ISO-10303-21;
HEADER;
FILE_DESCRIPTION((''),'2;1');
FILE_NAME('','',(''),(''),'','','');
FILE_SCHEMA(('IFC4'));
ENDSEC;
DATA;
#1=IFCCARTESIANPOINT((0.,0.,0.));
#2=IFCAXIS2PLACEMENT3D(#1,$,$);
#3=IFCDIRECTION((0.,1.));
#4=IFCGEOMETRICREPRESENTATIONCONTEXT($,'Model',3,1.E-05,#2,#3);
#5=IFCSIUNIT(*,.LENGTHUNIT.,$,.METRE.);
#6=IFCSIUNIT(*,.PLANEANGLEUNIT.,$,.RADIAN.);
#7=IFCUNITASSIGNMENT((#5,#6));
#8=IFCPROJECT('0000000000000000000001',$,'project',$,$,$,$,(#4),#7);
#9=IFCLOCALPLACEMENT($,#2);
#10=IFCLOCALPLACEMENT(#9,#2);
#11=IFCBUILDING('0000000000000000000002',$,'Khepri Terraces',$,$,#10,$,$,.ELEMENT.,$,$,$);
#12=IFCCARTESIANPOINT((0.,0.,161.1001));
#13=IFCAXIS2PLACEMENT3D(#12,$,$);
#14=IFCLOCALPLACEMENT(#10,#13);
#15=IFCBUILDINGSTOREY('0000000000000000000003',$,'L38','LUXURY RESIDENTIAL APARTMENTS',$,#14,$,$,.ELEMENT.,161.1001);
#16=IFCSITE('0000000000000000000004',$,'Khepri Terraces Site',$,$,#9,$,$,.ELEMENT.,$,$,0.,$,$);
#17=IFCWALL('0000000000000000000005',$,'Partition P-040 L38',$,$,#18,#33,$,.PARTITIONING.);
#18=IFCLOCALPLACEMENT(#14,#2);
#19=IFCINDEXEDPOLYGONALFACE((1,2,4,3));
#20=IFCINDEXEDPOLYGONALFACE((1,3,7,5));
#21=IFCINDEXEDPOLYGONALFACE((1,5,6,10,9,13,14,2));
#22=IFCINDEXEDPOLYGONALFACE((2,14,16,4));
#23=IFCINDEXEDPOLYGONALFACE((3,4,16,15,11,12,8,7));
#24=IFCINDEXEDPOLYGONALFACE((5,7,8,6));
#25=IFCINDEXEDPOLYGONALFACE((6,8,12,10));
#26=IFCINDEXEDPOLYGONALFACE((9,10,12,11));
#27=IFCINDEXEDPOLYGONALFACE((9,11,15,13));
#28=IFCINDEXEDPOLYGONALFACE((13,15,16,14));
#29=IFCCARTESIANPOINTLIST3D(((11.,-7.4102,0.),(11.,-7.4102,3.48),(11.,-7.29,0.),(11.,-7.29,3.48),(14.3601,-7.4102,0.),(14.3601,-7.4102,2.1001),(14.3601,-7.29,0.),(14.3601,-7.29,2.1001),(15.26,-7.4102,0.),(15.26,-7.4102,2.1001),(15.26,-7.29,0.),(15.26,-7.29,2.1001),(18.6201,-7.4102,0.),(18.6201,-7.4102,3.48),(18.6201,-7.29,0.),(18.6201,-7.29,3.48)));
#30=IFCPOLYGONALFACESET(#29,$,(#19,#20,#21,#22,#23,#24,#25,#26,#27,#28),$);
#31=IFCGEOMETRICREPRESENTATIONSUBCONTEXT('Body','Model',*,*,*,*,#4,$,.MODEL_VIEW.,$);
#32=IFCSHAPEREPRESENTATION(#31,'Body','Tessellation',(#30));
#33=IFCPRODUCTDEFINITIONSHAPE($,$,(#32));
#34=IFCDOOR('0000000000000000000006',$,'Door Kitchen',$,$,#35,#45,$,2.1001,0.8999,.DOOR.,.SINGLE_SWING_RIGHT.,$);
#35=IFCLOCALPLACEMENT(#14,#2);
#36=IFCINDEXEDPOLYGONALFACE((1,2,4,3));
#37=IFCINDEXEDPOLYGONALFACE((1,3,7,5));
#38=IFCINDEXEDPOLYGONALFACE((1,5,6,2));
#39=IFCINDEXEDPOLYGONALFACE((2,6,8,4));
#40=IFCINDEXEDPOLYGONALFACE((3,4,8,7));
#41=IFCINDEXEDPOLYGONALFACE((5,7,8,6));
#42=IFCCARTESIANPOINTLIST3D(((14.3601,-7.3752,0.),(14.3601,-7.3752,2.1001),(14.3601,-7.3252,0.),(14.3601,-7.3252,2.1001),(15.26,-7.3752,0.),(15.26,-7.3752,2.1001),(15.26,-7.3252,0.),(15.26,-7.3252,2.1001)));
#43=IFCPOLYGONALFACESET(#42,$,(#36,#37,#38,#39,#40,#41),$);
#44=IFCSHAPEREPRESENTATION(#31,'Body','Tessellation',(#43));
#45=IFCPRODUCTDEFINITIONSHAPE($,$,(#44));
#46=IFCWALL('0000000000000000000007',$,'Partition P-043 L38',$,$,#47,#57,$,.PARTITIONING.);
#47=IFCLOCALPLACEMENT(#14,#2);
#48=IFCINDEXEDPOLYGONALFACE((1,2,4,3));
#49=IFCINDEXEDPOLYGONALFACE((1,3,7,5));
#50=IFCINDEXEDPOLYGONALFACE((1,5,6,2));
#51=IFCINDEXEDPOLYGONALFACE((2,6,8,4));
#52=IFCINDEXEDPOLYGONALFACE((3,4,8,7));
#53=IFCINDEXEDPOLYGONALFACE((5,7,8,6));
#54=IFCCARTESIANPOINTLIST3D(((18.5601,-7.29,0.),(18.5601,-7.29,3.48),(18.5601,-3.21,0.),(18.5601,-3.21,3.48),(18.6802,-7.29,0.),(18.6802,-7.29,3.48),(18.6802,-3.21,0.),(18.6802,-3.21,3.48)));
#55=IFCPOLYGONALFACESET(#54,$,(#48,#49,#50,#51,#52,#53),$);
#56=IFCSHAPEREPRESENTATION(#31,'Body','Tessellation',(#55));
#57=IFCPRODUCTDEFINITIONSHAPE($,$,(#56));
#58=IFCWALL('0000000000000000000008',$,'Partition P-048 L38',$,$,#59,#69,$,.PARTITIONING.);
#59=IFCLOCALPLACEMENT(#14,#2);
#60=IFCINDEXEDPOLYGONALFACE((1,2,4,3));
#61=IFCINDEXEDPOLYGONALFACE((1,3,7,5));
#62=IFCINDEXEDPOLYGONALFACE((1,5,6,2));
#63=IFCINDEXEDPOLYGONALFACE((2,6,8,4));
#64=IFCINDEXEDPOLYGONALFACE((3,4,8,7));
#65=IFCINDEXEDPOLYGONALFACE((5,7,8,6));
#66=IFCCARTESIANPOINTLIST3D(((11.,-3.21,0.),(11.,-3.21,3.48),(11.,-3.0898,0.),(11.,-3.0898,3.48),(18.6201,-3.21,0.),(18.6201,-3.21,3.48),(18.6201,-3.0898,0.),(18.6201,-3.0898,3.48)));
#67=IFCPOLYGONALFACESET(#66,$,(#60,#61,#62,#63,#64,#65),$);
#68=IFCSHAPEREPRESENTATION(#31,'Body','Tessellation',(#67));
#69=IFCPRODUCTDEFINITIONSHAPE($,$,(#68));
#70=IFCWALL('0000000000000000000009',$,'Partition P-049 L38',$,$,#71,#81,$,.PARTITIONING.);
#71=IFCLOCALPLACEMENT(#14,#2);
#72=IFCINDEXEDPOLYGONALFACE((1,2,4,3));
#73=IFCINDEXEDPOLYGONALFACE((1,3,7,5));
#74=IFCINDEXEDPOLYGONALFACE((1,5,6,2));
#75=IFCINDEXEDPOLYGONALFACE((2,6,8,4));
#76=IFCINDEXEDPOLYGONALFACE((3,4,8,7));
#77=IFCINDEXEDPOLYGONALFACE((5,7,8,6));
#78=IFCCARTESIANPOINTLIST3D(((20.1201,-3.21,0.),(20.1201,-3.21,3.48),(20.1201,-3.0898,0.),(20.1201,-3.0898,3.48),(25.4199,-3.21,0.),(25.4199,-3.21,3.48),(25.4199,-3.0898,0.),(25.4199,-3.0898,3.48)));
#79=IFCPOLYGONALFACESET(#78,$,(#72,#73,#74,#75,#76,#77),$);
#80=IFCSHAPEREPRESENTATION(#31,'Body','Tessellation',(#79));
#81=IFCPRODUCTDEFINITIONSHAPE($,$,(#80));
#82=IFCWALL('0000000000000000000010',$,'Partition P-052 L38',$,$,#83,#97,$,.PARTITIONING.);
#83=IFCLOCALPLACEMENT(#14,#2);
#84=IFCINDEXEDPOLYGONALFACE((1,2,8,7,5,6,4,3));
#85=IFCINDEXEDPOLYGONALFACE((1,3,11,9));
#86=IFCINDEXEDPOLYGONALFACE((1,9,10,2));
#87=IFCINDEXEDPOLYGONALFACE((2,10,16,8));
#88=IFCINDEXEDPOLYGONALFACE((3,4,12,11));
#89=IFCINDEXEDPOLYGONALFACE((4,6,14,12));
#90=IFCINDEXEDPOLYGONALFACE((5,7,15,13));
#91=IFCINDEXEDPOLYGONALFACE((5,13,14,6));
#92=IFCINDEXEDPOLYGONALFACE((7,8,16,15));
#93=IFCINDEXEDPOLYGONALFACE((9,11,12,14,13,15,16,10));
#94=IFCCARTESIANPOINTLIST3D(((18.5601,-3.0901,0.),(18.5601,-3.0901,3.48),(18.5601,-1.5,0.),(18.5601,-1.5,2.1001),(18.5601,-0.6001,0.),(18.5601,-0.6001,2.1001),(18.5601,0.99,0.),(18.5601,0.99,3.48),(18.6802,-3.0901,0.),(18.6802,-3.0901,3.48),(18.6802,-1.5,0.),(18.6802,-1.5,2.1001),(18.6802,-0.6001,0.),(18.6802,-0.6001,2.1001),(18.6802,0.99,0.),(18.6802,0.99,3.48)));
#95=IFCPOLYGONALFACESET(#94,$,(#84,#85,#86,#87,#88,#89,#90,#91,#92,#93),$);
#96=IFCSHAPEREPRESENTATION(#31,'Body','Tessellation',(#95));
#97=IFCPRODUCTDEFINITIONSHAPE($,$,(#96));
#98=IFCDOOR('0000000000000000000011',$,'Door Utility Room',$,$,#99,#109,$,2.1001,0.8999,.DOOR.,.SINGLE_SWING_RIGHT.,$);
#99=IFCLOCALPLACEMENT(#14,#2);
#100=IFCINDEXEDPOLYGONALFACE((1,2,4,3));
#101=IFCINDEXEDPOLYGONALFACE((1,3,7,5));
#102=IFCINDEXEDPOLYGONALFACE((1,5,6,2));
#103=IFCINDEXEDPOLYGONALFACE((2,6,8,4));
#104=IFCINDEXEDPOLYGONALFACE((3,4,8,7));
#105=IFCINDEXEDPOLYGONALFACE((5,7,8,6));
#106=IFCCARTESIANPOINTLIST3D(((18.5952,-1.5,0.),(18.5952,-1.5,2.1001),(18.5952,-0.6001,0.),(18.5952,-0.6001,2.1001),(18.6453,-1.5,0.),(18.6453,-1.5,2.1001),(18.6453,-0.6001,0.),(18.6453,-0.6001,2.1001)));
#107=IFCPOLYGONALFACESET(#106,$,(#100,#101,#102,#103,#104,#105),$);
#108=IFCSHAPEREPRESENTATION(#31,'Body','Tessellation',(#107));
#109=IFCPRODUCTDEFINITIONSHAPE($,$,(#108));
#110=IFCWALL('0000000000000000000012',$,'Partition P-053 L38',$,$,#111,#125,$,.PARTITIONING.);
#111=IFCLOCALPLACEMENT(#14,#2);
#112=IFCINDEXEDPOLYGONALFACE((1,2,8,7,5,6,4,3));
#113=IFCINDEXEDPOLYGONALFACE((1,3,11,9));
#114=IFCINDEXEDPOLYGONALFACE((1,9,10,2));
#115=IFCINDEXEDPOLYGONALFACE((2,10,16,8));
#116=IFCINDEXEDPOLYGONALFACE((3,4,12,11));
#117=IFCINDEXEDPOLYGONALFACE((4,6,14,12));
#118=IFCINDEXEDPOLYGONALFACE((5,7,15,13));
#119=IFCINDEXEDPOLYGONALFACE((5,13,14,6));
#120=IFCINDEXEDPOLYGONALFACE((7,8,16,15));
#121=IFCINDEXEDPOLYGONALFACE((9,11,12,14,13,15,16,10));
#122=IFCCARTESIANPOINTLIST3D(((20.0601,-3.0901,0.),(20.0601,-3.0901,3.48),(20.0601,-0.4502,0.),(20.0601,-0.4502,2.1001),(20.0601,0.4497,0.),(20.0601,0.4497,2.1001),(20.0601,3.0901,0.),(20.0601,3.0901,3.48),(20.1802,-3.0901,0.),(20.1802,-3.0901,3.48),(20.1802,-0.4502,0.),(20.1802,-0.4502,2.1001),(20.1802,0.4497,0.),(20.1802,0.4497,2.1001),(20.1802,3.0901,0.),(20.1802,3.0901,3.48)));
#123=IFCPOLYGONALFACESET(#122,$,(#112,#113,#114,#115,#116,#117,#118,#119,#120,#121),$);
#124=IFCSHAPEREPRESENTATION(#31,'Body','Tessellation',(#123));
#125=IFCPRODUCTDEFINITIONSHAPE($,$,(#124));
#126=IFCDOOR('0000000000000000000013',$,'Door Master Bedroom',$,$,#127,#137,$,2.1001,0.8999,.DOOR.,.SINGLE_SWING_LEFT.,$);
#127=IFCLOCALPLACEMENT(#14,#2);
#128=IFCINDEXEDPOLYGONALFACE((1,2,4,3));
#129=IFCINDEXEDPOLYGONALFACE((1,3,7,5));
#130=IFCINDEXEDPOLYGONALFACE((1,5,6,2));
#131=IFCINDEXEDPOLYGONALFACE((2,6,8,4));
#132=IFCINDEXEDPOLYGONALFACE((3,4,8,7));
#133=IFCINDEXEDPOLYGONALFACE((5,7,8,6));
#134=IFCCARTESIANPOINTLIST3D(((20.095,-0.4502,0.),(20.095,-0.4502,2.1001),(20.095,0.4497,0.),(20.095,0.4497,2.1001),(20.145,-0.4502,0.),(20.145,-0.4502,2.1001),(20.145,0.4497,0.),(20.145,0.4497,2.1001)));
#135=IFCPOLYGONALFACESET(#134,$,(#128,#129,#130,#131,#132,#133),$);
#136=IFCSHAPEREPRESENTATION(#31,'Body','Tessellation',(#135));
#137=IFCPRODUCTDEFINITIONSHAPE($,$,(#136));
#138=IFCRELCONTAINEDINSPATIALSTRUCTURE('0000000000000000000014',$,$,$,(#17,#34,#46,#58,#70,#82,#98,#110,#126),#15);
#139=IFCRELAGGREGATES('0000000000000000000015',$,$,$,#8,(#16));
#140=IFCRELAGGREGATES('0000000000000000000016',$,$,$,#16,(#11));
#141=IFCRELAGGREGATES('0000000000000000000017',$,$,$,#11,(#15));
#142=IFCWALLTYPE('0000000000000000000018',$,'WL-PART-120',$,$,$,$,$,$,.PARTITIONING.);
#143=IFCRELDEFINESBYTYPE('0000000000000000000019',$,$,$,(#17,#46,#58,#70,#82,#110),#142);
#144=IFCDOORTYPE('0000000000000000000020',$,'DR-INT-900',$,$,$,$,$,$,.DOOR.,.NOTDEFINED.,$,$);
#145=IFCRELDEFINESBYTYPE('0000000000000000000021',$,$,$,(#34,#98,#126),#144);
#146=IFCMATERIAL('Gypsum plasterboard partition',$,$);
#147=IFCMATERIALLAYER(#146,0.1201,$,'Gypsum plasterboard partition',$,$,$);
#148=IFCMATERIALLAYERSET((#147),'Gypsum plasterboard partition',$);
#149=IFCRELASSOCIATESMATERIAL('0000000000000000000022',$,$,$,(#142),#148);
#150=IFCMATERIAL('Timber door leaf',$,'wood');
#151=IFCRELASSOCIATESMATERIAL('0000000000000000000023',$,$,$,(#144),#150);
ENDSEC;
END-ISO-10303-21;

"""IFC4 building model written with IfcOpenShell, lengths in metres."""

from ifc_helpers import new_model, si_unit, direction, frame, frame_2d, origin, place, context, subcontext, project, spatial, rectangle, extrude, material, layer, layer_set, type_object, element, fill, save


model = new_model("IFC4")

# Units and contexts
model_context = context("Model", 3, precision=1e-05, world=origin(), true_north=direction((0.0, 1.0)))
body_context = subcontext(model_context, "Body", "Model", "MODEL_VIEW")
ifc_project = project(units=[si_unit("LENGTHUNIT", "METRE"), si_unit("PLANEANGLEUNIT", "RADIAN")], contexts=[model_context])

# Site, building, storey
site_placement = place(None, origin())
site = spatial("IfcSite", under=ifc_project, at=site_placement, Name="Khepri Terraces Site", CompositionType="ELEMENT", RefElevation=0.0)
building_placement = place(site_placement, origin())
building = spatial("IfcBuilding", under=site, at=building_placement, Name="Khepri Terraces", CompositionType="ELEMENT")
storey_placement = place(building_placement, frame((0.0, 0.0, 161.1001)))
storey = spatial("IfcBuildingStorey", under=building, at=storey_placement, Name="L38", Description="LUXURY RESIDENTIAL APARTMENTS", CompositionType="ELEMENT", Elevation=161.1001)

# Shared definitions
ifc_material_1 = material(Name="Gypsum plasterboard partition")
ifc_layer_1 = layer(ifc_material_1, 0.1201, Name="Gypsum plasterboard partition")
ifc_layer_set_1 = layer_set([ifc_layer_1], Name="Gypsum plasterboard partition")
wall_type_1 = type_object("IfcWallType", Name="WL-PART-120", PredefinedType="PARTITIONING", material=ifc_layer_set_1)
ifc_material_2 = material(Name="Timber door leaf", Category="wood")
door_type_1 = type_object("IfcDoorType", Name="DR-INT-900", OperationType="NOTDEFINED", PredefinedType="DOOR", material=ifc_material_2)

# Wall, opening, door
wall_1_placement = place(storey_placement, frame((11.0, -7.3501, 0.0), z_axis=(0.0, 0.0, 1.0), x_axis=(1.0, 0.0, 0.0)))
wall_1 = element("IfcWall", 1, at=wall_1_placement, inside=storey, type_object=wall_type_1, Name="Partition P-040 L38", PredefinedType="PARTITIONING", context=body_context, shape_type="SweptSolid", body=[
    extrude(rectangle(XDim=7.6201, YDim=0.1201, at=frame_2d((3.8101, 0.0))), origin(), (0.0, 0.0, 1.0), 3.48),
])
opening_1_placement = place(wall_1_placement, frame((3.3601, 0.0, 0.0)))
opening_1 = element("IfcOpeningElement", 2, at=opening_1_placement, cuts=wall_1, PredefinedType="OPENING", context=body_context, shape_type="SweptSolid", body=[
    extrude(rectangle(XDim=0.8999, YDim=2.1001, at=frame_2d((0.45, 1.05))), frame((0.0, 0.0701, 0.0), z_axis=(0.0, -1.0, 0.0), x_axis=(1.0, 0.0, 0.0)), (0.0, 0.0, 1.0), 0.1401),
])
door_1_placement = place(opening_1_placement, origin())
door_1 = element("IfcDoor", 3, at=door_1_placement, inside=storey, type_object=door_type_1, Name="Door Kitchen", OperationType="SINGLE_SWING_RIGHT", OverallHeight=2.1001, OverallWidth=0.8999, PredefinedType="DOOR", context=body_context, shape_type="SweptSolid", body=[
    extrude(rectangle(XDim=0.8999, YDim=2.1001, at=frame_2d((0.45, 1.05))), frame((0.0, 0.0249, 0.0), z_axis=(0.0, -1.0, 0.0), x_axis=(1.0, 0.0, 0.0)), (0.0, 0.0, 1.0), 0.05),
])
fill(opening_1, door_1)

# Walls
wall_2_placement = place(storey_placement, frame((18.6201, -7.29, 0.0), z_axis=(0.0, 0.0, 1.0), x_axis=(0.0, 1.0, 0.0)))
element("IfcWall", 4, at=wall_2_placement, inside=storey, type_object=wall_type_1, Name="Partition P-043 L38", PredefinedType="PARTITIONING", context=body_context, shape_type="SweptSolid", body=[
    extrude(rectangle(XDim=4.0801, YDim=0.1201, at=frame_2d((2.04, 0.0))), origin(), (0.0, 0.0, 1.0), 3.48),
])
wall_3_placement = place(storey_placement, frame((11.0, -3.1499, 0.0), z_axis=(0.0, 0.0, 1.0), x_axis=(1.0, 0.0, 0.0)))
element("IfcWall", 5, at=wall_3_placement, inside=storey, type_object=wall_type_1, Name="Partition P-048 L38", PredefinedType="PARTITIONING", context=body_context, shape_type="SweptSolid", body=[
    extrude(rectangle(XDim=7.6201, YDim=0.1201, at=frame_2d((3.8101, 0.0))), origin(), (0.0, 0.0, 1.0), 3.48),
])
wall_4_placement = place(storey_placement, frame((20.1201, -3.1499, 0.0), z_axis=(0.0, 0.0, 1.0), x_axis=(1.0, 0.0, 0.0)))
element("IfcWall", 6, at=wall_4_placement, inside=storey, type_object=wall_type_1, Name="Partition P-049 L38", PredefinedType="PARTITIONING", context=body_context, shape_type="SweptSolid", body=[
    extrude(rectangle(XDim=5.2998, YDim=0.1201, at=frame_2d((2.6499, 0.0))), origin(), (0.0, 0.0, 1.0), 3.48),
])

# Walls, openings, doors
wall_5_placement = place(storey_placement, frame((18.6201, -3.0901, 0.0), z_axis=(0.0, 0.0, 1.0), x_axis=(0.0, 1.0, 0.0)))
wall_5 = element("IfcWall", 7, at=wall_5_placement, inside=storey, type_object=wall_type_1, Name="Partition P-052 L38", PredefinedType="PARTITIONING", context=body_context, shape_type="SweptSolid", body=[
    extrude(rectangle(XDim=4.0801, YDim=0.1201, at=frame_2d((2.04, 0.0))), origin(), (0.0, 0.0, 1.0), 3.48),
])
opening_2_placement = place(wall_5_placement, frame((1.5901, 0.0, 0.0)))
opening_2 = element("IfcOpeningElement", 8, at=opening_2_placement, cuts=wall_5, PredefinedType="OPENING", context=body_context, shape_type="SweptSolid", body=[
    extrude(rectangle(XDim=0.8999, YDim=2.1001, at=frame_2d((0.45, 1.05))), frame((0.0, 0.0701, 0.0), z_axis=(0.0, -1.0, 0.0), x_axis=(1.0, 0.0, 0.0)), (0.0, 0.0, 1.0), 0.1401),
])
door_2_placement = place(opening_2_placement, origin())
door_2 = element("IfcDoor", 9, at=door_2_placement, inside=storey, type_object=door_type_1, Name="Door Utility Room", OperationType="SINGLE_SWING_RIGHT", OverallHeight=2.1001, OverallWidth=0.8999, PredefinedType="DOOR", context=body_context, shape_type="SweptSolid", body=[
    extrude(rectangle(XDim=0.8999, YDim=2.1001, at=frame_2d((0.45, 1.05))), frame((0.0, 0.0249, 0.0), z_axis=(0.0, -1.0, 0.0), x_axis=(1.0, 0.0, 0.0)), (0.0, 0.0, 1.0), 0.05),
])
fill(opening_2, door_2)
wall_6_placement = place(storey_placement, frame((20.1201, -3.0901, 0.0), z_axis=(0.0, 0.0, 1.0), x_axis=(0.0, 1.0, 0.0)))
wall_6 = element("IfcWall", 10, at=wall_6_placement, inside=storey, type_object=wall_type_1, Name="Partition P-053 L38", PredefinedType="PARTITIONING", context=body_context, shape_type="SweptSolid", body=[
    extrude(rectangle(XDim=6.1802, YDim=0.1201, at=frame_2d((3.0901, 0.0))), origin(), (0.0, 0.0, 1.0), 3.48),
])
opening_3_placement = place(wall_6_placement, frame((2.6399, 0.0, 0.0)))
opening_3 = element("IfcOpeningElement", 11, at=opening_3_placement, cuts=wall_6, PredefinedType="OPENING", context=body_context, shape_type="SweptSolid", body=[
    extrude(rectangle(XDim=0.8999, YDim=2.1001, at=frame_2d((0.45, 1.05))), frame((0.0, 0.0701, 0.0), z_axis=(0.0, -1.0, 0.0), x_axis=(1.0, 0.0, 0.0)), (0.0, 0.0, 1.0), 0.1401),
])
door_3_placement = place(opening_3_placement, frame((0.8999, 0.0, 0.0), z_axis=(0.0, 0.0, 1.0), x_axis=(-1.0, 0.0, 0.0)))
door_3 = element("IfcDoor", 12, at=door_3_placement, inside=storey, type_object=door_type_1, Name="Door Master Bedroom", OperationType="SINGLE_SWING_LEFT", OverallHeight=2.1001, OverallWidth=0.8999, PredefinedType="DOOR", context=body_context, shape_type="SweptSolid", body=[
    extrude(rectangle(XDim=0.8999, YDim=2.1001, at=frame_2d((0.45, 1.05))), frame((0.0, 0.0249, 0.0), z_axis=(0.0, -1.0, 0.0), x_axis=(1.0, 0.0, 0.0)), (0.0, 0.0, 1.0), 0.05),
])
fill(opening_3, door_3)

save(model, "model.ifc")
